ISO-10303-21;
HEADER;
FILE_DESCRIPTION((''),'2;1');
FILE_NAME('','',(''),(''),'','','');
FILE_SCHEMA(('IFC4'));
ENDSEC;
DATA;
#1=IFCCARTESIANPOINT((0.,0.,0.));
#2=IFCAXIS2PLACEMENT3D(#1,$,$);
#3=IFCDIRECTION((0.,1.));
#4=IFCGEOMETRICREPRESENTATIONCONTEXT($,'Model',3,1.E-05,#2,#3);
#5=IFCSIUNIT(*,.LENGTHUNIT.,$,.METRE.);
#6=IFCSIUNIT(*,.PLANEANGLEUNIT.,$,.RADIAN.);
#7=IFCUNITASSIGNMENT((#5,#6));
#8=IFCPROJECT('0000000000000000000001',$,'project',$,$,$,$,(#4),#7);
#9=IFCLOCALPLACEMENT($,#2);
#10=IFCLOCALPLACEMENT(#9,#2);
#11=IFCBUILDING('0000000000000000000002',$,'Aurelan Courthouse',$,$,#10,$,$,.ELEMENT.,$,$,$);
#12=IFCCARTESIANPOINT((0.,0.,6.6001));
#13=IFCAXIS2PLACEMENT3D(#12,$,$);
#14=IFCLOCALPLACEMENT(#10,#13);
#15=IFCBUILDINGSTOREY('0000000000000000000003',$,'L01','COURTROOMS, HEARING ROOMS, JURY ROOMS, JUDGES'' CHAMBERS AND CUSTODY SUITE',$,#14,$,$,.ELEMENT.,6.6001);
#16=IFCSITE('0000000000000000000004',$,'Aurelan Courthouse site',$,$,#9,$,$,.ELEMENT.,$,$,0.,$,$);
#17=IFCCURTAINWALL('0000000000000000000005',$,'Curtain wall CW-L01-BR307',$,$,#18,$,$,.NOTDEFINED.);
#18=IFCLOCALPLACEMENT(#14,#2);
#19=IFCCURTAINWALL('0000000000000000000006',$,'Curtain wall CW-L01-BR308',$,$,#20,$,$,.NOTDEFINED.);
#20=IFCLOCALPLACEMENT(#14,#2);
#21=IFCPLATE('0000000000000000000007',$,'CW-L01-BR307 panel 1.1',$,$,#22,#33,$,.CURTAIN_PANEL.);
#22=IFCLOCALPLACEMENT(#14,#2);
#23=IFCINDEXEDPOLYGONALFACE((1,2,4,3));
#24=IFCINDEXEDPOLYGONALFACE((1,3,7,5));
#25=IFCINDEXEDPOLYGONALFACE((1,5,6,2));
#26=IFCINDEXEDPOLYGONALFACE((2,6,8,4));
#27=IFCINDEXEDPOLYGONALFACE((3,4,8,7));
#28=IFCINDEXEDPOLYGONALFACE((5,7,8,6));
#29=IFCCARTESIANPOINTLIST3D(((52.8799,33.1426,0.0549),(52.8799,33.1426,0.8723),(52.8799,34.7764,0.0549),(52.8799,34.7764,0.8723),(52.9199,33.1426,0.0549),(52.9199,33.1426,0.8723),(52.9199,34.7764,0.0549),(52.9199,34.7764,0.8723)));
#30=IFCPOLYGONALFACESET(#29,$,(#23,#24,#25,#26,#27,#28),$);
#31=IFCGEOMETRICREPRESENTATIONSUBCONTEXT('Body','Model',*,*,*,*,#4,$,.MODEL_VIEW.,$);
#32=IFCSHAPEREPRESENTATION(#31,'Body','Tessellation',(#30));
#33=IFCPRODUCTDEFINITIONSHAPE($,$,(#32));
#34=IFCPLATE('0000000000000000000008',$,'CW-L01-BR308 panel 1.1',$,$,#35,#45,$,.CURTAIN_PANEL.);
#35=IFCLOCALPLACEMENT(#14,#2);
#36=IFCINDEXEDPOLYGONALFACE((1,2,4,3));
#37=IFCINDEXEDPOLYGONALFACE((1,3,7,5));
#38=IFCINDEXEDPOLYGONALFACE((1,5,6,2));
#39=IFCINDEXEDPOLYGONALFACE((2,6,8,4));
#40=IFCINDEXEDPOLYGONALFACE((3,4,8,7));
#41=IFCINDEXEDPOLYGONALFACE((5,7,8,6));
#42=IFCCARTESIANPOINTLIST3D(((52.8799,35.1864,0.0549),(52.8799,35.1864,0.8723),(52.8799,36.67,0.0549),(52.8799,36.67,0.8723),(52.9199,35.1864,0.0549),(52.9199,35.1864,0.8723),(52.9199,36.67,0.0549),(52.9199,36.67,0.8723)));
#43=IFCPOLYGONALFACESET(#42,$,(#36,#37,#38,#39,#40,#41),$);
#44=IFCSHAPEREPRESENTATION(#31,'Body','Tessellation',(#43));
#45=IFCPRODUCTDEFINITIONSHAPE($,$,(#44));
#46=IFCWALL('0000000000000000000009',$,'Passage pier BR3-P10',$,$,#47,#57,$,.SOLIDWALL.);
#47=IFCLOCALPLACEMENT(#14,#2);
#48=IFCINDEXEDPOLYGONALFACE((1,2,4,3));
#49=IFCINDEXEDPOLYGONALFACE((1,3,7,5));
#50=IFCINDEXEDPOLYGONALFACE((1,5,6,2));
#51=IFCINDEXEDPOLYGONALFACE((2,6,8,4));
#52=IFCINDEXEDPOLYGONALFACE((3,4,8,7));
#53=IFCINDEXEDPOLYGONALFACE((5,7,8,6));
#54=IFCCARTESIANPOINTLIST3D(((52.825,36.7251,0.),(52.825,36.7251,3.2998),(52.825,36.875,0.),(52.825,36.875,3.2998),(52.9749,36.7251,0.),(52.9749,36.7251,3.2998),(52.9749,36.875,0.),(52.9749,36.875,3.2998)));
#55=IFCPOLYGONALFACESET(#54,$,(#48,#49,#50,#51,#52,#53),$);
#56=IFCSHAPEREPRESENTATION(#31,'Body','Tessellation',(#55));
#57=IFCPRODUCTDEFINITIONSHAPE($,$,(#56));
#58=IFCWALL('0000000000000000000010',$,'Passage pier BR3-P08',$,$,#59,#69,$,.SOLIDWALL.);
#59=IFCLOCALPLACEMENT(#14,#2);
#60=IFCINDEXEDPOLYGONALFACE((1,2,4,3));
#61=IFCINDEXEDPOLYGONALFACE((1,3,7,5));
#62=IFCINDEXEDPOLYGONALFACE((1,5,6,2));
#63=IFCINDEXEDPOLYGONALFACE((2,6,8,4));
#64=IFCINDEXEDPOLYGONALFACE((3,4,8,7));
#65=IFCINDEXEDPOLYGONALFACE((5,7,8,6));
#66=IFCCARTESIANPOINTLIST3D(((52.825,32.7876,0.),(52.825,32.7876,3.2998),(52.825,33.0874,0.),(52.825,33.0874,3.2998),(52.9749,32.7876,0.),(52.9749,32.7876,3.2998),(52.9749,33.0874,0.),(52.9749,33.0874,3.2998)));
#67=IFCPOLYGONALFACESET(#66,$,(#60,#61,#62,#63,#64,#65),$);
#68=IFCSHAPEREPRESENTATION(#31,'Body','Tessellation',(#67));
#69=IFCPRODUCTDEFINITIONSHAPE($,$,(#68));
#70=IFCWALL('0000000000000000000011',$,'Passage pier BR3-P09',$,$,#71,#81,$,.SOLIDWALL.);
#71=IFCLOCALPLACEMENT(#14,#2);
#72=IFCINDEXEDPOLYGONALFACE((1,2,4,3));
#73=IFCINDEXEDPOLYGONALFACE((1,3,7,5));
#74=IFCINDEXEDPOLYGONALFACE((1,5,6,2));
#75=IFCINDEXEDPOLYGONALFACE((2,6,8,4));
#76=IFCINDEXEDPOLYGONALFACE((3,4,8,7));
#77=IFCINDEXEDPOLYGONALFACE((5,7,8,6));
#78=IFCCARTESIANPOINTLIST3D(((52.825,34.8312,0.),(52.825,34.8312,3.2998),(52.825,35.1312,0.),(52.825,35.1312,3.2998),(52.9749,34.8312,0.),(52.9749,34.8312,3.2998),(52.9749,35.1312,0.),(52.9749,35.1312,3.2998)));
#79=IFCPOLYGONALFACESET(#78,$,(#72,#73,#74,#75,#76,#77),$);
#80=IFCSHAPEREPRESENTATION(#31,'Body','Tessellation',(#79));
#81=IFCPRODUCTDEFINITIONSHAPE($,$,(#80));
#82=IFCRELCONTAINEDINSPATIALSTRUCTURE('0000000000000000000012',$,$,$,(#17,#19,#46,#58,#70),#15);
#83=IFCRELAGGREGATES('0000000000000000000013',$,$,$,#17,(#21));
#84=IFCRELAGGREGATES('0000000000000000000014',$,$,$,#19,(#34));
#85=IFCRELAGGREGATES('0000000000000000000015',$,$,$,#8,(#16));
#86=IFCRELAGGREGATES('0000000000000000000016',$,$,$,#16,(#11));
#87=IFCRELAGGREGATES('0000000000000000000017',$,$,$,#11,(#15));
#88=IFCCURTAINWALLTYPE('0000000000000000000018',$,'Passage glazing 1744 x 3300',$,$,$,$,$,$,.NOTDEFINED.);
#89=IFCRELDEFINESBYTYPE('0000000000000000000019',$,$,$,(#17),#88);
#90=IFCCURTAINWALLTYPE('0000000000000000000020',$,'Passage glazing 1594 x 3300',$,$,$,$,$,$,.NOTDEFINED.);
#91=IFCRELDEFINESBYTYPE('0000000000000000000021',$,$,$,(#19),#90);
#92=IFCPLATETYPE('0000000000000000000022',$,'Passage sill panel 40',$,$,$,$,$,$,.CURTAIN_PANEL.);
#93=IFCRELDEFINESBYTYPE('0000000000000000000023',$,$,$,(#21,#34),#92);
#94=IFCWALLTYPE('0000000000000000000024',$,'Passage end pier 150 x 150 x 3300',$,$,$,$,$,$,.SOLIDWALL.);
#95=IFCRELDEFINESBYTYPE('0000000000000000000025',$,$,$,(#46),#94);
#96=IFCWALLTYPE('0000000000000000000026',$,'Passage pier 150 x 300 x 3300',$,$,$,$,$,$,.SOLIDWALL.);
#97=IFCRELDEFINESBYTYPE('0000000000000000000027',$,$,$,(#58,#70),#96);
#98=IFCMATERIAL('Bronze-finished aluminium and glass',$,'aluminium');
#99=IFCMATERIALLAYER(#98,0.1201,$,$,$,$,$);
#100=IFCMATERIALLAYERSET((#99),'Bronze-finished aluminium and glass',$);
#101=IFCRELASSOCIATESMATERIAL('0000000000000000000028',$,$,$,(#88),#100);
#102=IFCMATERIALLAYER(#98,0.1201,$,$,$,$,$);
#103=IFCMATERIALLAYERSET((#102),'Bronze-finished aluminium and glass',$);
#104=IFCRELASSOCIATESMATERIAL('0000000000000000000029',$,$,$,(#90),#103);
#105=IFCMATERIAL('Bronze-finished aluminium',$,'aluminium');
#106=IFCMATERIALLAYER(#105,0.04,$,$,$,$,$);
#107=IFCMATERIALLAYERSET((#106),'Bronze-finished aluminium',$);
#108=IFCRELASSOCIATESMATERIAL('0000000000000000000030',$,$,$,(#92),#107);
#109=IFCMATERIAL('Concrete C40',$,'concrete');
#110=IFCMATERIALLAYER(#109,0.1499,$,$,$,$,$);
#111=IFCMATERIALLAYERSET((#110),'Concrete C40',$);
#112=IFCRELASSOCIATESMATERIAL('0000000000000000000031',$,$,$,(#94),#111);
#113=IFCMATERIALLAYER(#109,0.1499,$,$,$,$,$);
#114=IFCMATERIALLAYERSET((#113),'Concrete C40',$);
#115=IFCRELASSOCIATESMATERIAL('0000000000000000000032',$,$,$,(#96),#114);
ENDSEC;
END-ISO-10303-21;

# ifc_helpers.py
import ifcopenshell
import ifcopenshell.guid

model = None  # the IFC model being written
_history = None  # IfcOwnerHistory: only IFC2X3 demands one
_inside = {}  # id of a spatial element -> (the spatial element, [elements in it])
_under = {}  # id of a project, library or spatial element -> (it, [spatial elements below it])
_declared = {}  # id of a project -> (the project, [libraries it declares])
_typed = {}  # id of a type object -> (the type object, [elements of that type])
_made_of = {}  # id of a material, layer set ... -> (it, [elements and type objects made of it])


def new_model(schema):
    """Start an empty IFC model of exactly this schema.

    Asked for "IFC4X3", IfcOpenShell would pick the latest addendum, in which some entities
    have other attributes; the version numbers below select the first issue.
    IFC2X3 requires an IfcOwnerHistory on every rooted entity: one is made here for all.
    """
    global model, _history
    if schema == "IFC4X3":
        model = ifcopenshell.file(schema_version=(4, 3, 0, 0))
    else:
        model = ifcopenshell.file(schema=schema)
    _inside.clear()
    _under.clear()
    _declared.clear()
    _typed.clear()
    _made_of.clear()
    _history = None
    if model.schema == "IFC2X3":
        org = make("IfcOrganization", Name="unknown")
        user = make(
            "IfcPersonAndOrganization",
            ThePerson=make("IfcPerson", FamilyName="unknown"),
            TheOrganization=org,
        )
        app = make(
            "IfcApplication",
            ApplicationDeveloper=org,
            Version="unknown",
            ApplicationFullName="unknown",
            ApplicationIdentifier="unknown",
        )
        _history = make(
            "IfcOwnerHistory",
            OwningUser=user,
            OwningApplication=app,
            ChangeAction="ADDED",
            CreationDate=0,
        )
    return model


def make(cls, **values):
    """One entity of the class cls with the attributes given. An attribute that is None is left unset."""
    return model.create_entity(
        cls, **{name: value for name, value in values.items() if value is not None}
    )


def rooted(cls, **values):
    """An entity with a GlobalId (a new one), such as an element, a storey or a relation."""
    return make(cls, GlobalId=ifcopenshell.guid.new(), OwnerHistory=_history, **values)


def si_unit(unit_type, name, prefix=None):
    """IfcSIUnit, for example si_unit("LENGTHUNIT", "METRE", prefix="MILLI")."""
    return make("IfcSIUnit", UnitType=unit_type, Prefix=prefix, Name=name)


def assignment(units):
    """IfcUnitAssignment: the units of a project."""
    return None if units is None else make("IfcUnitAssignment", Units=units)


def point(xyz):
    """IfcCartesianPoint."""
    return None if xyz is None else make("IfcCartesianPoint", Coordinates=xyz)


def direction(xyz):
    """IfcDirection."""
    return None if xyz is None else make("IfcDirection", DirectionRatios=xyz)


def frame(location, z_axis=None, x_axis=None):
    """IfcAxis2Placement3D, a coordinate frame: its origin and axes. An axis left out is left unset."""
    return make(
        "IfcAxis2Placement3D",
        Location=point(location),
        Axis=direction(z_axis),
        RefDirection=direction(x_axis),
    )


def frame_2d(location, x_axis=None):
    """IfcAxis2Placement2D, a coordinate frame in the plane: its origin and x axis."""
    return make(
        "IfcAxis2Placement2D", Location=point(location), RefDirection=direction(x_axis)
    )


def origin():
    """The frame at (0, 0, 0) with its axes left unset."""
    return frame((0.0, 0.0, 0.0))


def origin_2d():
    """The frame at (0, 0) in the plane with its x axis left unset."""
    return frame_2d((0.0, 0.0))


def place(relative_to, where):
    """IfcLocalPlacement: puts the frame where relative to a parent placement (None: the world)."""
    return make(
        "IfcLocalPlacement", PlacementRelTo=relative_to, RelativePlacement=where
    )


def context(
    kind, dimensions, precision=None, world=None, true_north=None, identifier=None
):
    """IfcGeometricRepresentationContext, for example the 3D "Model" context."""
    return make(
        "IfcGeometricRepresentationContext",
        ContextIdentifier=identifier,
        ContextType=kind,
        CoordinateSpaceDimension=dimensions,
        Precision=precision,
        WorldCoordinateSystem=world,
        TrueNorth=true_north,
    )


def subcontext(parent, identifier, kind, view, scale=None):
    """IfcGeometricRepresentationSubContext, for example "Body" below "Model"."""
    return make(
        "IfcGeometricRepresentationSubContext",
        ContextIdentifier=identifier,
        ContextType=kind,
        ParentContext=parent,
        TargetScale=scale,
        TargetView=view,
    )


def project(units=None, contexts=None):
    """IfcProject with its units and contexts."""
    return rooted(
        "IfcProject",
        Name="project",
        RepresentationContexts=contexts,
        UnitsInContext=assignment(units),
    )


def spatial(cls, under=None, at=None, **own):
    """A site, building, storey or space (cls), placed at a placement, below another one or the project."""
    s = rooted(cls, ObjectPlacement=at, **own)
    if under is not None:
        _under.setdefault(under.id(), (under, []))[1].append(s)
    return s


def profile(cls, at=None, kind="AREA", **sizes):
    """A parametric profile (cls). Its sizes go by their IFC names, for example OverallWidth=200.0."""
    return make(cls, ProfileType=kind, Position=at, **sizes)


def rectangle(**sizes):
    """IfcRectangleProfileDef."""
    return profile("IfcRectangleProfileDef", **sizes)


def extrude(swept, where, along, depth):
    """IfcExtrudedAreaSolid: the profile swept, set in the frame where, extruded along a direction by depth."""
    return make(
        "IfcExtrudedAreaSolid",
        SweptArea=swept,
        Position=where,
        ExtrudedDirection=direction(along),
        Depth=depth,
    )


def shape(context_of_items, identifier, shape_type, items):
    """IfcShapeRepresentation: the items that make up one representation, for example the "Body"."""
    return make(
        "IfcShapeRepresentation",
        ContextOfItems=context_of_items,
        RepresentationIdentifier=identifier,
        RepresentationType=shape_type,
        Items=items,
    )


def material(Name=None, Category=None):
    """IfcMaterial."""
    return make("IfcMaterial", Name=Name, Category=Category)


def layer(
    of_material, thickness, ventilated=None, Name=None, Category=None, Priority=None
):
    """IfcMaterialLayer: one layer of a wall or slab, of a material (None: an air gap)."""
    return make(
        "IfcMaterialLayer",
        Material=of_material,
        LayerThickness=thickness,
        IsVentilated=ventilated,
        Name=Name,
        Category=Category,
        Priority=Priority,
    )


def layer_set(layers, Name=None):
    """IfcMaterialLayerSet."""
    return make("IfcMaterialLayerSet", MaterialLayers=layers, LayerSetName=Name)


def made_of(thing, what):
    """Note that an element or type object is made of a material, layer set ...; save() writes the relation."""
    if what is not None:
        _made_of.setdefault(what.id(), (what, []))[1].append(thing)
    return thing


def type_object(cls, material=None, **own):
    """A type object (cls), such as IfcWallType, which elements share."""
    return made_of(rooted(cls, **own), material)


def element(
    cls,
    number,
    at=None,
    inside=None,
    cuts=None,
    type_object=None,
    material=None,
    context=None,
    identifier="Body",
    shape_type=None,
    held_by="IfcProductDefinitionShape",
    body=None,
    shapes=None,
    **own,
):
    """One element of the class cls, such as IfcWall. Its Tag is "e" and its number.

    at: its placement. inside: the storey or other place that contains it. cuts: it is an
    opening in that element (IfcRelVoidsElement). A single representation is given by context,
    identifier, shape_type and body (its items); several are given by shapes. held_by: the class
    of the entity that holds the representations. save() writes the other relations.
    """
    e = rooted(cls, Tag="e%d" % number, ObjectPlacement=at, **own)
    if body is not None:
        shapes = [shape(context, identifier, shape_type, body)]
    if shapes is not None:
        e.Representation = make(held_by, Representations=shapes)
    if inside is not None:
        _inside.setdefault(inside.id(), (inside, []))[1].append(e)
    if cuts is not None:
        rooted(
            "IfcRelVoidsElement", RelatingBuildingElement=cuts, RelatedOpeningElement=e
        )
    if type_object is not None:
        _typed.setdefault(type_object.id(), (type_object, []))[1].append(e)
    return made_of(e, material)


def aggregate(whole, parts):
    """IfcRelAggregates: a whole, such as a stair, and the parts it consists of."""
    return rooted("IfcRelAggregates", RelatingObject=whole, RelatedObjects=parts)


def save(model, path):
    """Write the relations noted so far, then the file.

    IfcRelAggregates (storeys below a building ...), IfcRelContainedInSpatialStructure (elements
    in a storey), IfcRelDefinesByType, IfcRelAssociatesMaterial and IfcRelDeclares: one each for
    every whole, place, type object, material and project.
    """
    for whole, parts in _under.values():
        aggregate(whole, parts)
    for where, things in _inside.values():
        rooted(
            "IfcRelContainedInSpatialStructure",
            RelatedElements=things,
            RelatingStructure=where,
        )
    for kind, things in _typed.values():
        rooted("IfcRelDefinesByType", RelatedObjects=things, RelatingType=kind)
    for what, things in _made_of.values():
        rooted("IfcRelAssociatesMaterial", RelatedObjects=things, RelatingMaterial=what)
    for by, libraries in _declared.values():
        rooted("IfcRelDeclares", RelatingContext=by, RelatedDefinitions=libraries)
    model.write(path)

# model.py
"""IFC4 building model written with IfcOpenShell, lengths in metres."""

from ifc_helpers import new_model, si_unit, direction, frame, frame_2d, origin, origin_2d, place, context, subcontext, project, spatial, rectangle, extrude, material, layer, layer_set, type_object, element, aggregate, save


model = new_model("IFC4")

# Units and contexts
model_context = context("Model", 3, precision=1e-05, world=origin(), true_north=direction((0.0, 1.0)))
body_context = subcontext(model_context, "Body", "Model", "MODEL_VIEW")
ifc_project = project(units=[si_unit("LENGTHUNIT", "METRE"), si_unit("PLANEANGLEUNIT", "RADIAN")], contexts=[model_context])

# Site, building, storey
site_placement = place(None, origin())
site = spatial("IfcSite", under=ifc_project, at=site_placement, Name="Aurelan Courthouse site", CompositionType="ELEMENT", RefElevation=0.0)
building_placement = place(site_placement, origin())
building = spatial("IfcBuilding", under=site, at=building_placement, Name="Aurelan Courthouse", CompositionType="ELEMENT")
storey_placement = place(building_placement, frame((0.0, 0.0, 6.6001)))
storey = spatial("IfcBuildingStorey", under=building, at=storey_placement, Name="L01", Description="COURTROOMS, HEARING ROOMS, JURY ROOMS, JUDGES' CHAMBERS AND CUSTODY SUITE", CompositionType="ELEMENT", Elevation=6.6001)

# Shared definitions
ifc_material_1 = material(Name="Bronze-finished aluminium and glass", Category="aluminium")
ifc_layer_1 = layer(ifc_material_1, 0.1201)
ifc_layer_set_1 = layer_set([ifc_layer_1], Name="Bronze-finished aluminium and glass")
curtain_wall_type_1 = type_object("IfcCurtainWallType", Name="Passage glazing 1744 x 3300", PredefinedType="NOTDEFINED", material=ifc_layer_set_1)
ifc_material_2 = material(Name="Bronze-finished aluminium", Category="aluminium")

# Curtain walls
curtain_wall_1_placement = place(storey_placement, origin())
curtain_wall_1 = element("IfcCurtainWall", 1, at=curtain_wall_1_placement, inside=storey, type_object=curtain_wall_type_1, Name="Curtain wall CW-L01-BR307", PredefinedType="NOTDEFINED")
ifc_layer_2 = layer(ifc_material_1, 0.1201)
ifc_layer_set_2 = layer_set([ifc_layer_2], Name="Bronze-finished aluminium and glass")
curtain_wall_type_2 = type_object("IfcCurtainWallType", Name="Passage glazing 1594 x 3300", PredefinedType="NOTDEFINED", material=ifc_layer_set_2)
curtain_wall_2_placement = place(storey_placement, origin())
curtain_wall_2 = element("IfcCurtainWall", 2, at=curtain_wall_2_placement, inside=storey, type_object=curtain_wall_type_2, Name="Curtain wall CW-L01-BR308", PredefinedType="NOTDEFINED")

# Plates
ifc_layer_3 = layer(ifc_material_2, 0.04)
ifc_layer_set_3 = layer_set([ifc_layer_3], Name="Bronze-finished aluminium")
plate_type_1 = type_object("IfcPlateType", Name="Passage sill panel 40", PredefinedType="CURTAIN_PANEL", material=ifc_layer_set_3)
plate_1_placement = place(storey_placement, frame((52.8999, 33.9595, 0.0549), z_axis=(0.0, 0.0, 1.0), x_axis=(0.0, 1.0, 0.0)))
plate_1 = element("IfcPlate", 3, at=plate_1_placement, type_object=plate_type_1, Name="CW-L01-BR307 panel 1.1", PredefinedType="CURTAIN_PANEL", context=body_context, shape_type="SweptSolid", body=[
    extrude(rectangle(XDim=1.6338, YDim=0.04, at=origin_2d()), origin(), (0.0, 0.0, 1.0), 0.8174),
])
aggregate(curtain_wall_1, [plate_1])
plate_2_placement = place(storey_placement, frame((52.8999, 35.9282, 0.0549), z_axis=(0.0, 0.0, 1.0), x_axis=(0.0, 1.0, 0.0)))
plate_2 = element("IfcPlate", 4, at=plate_2_placement, type_object=plate_type_1, Name="CW-L01-BR308 panel 1.1", PredefinedType="CURTAIN_PANEL", context=body_context, shape_type="SweptSolid", body=[
    extrude(rectangle(XDim=1.4836, YDim=0.04, at=origin_2d()), origin(), (0.0, 0.0, 1.0), 0.8174),
])
aggregate(curtain_wall_2, [plate_2])

# Walls
ifc_material_3 = material(Name="Concrete C40", Category="concrete")
ifc_layer_4 = layer(ifc_material_3, 0.1499)
ifc_layer_set_4 = layer_set([ifc_layer_4], Name="Concrete C40")
wall_type_1 = type_object("IfcWallType", Name="Passage end pier 150 x 150 x 3300", PredefinedType="SOLIDWALL", material=ifc_layer_set_4)
wall_1_placement = place(storey_placement, frame((52.8999, 36.7251, 0.0), z_axis=(0.0, 0.0, 1.0), x_axis=(0.0, 1.0, 0.0)))
element("IfcWall", 5, at=wall_1_placement, inside=storey, type_object=wall_type_1, Name="Passage pier BR3-P10", PredefinedType="SOLIDWALL", context=body_context, shape_type="SweptSolid", body=[
    extrude(rectangle(XDim=0.1499, YDim=0.1499, at=frame_2d((0.075, 0.0))), origin(), (0.0, 0.0, 1.0), 3.2998),
])
ifc_layer_5 = layer(ifc_material_3, 0.1499)
ifc_layer_set_5 = layer_set([ifc_layer_5], Name="Concrete C40")
wall_type_2 = type_object("IfcWallType", Name="Passage pier 150 x 300 x 3300", PredefinedType="SOLIDWALL", material=ifc_layer_set_5)
wall_2_placement = place(storey_placement, frame((52.8999, 32.7876, 0.0), z_axis=(0.0, 0.0, 1.0), x_axis=(0.0, 1.0, 0.0)))
element("IfcWall", 6, at=wall_2_placement, inside=storey, type_object=wall_type_2, Name="Passage pier BR3-P08", PredefinedType="SOLIDWALL", context=body_context, shape_type="SweptSolid", body=[
    extrude(rectangle(XDim=0.2998, YDim=0.1499, at=frame_2d((0.1499, 0.0))), origin(), (0.0, 0.0, 1.0), 3.2998),
])
wall_3_placement = place(storey_placement, frame((52.8999, 34.8313, 0.0), z_axis=(0.0, 0.0, 1.0), x_axis=(0.0, 1.0, 0.0)))
element("IfcWall", 7, at=wall_3_placement, inside=storey, type_object=wall_type_2, Name="Passage pier BR3-P09", PredefinedType="SOLIDWALL", context=body_context, shape_type="SweptSolid", body=[
    extrude(rectangle(XDim=0.3, YDim=0.1499, at=frame_2d((0.1499, 0.0))), origin(), (0.0, 0.0, 1.0), 3.2998),
])

save(model, "model.ifc")
